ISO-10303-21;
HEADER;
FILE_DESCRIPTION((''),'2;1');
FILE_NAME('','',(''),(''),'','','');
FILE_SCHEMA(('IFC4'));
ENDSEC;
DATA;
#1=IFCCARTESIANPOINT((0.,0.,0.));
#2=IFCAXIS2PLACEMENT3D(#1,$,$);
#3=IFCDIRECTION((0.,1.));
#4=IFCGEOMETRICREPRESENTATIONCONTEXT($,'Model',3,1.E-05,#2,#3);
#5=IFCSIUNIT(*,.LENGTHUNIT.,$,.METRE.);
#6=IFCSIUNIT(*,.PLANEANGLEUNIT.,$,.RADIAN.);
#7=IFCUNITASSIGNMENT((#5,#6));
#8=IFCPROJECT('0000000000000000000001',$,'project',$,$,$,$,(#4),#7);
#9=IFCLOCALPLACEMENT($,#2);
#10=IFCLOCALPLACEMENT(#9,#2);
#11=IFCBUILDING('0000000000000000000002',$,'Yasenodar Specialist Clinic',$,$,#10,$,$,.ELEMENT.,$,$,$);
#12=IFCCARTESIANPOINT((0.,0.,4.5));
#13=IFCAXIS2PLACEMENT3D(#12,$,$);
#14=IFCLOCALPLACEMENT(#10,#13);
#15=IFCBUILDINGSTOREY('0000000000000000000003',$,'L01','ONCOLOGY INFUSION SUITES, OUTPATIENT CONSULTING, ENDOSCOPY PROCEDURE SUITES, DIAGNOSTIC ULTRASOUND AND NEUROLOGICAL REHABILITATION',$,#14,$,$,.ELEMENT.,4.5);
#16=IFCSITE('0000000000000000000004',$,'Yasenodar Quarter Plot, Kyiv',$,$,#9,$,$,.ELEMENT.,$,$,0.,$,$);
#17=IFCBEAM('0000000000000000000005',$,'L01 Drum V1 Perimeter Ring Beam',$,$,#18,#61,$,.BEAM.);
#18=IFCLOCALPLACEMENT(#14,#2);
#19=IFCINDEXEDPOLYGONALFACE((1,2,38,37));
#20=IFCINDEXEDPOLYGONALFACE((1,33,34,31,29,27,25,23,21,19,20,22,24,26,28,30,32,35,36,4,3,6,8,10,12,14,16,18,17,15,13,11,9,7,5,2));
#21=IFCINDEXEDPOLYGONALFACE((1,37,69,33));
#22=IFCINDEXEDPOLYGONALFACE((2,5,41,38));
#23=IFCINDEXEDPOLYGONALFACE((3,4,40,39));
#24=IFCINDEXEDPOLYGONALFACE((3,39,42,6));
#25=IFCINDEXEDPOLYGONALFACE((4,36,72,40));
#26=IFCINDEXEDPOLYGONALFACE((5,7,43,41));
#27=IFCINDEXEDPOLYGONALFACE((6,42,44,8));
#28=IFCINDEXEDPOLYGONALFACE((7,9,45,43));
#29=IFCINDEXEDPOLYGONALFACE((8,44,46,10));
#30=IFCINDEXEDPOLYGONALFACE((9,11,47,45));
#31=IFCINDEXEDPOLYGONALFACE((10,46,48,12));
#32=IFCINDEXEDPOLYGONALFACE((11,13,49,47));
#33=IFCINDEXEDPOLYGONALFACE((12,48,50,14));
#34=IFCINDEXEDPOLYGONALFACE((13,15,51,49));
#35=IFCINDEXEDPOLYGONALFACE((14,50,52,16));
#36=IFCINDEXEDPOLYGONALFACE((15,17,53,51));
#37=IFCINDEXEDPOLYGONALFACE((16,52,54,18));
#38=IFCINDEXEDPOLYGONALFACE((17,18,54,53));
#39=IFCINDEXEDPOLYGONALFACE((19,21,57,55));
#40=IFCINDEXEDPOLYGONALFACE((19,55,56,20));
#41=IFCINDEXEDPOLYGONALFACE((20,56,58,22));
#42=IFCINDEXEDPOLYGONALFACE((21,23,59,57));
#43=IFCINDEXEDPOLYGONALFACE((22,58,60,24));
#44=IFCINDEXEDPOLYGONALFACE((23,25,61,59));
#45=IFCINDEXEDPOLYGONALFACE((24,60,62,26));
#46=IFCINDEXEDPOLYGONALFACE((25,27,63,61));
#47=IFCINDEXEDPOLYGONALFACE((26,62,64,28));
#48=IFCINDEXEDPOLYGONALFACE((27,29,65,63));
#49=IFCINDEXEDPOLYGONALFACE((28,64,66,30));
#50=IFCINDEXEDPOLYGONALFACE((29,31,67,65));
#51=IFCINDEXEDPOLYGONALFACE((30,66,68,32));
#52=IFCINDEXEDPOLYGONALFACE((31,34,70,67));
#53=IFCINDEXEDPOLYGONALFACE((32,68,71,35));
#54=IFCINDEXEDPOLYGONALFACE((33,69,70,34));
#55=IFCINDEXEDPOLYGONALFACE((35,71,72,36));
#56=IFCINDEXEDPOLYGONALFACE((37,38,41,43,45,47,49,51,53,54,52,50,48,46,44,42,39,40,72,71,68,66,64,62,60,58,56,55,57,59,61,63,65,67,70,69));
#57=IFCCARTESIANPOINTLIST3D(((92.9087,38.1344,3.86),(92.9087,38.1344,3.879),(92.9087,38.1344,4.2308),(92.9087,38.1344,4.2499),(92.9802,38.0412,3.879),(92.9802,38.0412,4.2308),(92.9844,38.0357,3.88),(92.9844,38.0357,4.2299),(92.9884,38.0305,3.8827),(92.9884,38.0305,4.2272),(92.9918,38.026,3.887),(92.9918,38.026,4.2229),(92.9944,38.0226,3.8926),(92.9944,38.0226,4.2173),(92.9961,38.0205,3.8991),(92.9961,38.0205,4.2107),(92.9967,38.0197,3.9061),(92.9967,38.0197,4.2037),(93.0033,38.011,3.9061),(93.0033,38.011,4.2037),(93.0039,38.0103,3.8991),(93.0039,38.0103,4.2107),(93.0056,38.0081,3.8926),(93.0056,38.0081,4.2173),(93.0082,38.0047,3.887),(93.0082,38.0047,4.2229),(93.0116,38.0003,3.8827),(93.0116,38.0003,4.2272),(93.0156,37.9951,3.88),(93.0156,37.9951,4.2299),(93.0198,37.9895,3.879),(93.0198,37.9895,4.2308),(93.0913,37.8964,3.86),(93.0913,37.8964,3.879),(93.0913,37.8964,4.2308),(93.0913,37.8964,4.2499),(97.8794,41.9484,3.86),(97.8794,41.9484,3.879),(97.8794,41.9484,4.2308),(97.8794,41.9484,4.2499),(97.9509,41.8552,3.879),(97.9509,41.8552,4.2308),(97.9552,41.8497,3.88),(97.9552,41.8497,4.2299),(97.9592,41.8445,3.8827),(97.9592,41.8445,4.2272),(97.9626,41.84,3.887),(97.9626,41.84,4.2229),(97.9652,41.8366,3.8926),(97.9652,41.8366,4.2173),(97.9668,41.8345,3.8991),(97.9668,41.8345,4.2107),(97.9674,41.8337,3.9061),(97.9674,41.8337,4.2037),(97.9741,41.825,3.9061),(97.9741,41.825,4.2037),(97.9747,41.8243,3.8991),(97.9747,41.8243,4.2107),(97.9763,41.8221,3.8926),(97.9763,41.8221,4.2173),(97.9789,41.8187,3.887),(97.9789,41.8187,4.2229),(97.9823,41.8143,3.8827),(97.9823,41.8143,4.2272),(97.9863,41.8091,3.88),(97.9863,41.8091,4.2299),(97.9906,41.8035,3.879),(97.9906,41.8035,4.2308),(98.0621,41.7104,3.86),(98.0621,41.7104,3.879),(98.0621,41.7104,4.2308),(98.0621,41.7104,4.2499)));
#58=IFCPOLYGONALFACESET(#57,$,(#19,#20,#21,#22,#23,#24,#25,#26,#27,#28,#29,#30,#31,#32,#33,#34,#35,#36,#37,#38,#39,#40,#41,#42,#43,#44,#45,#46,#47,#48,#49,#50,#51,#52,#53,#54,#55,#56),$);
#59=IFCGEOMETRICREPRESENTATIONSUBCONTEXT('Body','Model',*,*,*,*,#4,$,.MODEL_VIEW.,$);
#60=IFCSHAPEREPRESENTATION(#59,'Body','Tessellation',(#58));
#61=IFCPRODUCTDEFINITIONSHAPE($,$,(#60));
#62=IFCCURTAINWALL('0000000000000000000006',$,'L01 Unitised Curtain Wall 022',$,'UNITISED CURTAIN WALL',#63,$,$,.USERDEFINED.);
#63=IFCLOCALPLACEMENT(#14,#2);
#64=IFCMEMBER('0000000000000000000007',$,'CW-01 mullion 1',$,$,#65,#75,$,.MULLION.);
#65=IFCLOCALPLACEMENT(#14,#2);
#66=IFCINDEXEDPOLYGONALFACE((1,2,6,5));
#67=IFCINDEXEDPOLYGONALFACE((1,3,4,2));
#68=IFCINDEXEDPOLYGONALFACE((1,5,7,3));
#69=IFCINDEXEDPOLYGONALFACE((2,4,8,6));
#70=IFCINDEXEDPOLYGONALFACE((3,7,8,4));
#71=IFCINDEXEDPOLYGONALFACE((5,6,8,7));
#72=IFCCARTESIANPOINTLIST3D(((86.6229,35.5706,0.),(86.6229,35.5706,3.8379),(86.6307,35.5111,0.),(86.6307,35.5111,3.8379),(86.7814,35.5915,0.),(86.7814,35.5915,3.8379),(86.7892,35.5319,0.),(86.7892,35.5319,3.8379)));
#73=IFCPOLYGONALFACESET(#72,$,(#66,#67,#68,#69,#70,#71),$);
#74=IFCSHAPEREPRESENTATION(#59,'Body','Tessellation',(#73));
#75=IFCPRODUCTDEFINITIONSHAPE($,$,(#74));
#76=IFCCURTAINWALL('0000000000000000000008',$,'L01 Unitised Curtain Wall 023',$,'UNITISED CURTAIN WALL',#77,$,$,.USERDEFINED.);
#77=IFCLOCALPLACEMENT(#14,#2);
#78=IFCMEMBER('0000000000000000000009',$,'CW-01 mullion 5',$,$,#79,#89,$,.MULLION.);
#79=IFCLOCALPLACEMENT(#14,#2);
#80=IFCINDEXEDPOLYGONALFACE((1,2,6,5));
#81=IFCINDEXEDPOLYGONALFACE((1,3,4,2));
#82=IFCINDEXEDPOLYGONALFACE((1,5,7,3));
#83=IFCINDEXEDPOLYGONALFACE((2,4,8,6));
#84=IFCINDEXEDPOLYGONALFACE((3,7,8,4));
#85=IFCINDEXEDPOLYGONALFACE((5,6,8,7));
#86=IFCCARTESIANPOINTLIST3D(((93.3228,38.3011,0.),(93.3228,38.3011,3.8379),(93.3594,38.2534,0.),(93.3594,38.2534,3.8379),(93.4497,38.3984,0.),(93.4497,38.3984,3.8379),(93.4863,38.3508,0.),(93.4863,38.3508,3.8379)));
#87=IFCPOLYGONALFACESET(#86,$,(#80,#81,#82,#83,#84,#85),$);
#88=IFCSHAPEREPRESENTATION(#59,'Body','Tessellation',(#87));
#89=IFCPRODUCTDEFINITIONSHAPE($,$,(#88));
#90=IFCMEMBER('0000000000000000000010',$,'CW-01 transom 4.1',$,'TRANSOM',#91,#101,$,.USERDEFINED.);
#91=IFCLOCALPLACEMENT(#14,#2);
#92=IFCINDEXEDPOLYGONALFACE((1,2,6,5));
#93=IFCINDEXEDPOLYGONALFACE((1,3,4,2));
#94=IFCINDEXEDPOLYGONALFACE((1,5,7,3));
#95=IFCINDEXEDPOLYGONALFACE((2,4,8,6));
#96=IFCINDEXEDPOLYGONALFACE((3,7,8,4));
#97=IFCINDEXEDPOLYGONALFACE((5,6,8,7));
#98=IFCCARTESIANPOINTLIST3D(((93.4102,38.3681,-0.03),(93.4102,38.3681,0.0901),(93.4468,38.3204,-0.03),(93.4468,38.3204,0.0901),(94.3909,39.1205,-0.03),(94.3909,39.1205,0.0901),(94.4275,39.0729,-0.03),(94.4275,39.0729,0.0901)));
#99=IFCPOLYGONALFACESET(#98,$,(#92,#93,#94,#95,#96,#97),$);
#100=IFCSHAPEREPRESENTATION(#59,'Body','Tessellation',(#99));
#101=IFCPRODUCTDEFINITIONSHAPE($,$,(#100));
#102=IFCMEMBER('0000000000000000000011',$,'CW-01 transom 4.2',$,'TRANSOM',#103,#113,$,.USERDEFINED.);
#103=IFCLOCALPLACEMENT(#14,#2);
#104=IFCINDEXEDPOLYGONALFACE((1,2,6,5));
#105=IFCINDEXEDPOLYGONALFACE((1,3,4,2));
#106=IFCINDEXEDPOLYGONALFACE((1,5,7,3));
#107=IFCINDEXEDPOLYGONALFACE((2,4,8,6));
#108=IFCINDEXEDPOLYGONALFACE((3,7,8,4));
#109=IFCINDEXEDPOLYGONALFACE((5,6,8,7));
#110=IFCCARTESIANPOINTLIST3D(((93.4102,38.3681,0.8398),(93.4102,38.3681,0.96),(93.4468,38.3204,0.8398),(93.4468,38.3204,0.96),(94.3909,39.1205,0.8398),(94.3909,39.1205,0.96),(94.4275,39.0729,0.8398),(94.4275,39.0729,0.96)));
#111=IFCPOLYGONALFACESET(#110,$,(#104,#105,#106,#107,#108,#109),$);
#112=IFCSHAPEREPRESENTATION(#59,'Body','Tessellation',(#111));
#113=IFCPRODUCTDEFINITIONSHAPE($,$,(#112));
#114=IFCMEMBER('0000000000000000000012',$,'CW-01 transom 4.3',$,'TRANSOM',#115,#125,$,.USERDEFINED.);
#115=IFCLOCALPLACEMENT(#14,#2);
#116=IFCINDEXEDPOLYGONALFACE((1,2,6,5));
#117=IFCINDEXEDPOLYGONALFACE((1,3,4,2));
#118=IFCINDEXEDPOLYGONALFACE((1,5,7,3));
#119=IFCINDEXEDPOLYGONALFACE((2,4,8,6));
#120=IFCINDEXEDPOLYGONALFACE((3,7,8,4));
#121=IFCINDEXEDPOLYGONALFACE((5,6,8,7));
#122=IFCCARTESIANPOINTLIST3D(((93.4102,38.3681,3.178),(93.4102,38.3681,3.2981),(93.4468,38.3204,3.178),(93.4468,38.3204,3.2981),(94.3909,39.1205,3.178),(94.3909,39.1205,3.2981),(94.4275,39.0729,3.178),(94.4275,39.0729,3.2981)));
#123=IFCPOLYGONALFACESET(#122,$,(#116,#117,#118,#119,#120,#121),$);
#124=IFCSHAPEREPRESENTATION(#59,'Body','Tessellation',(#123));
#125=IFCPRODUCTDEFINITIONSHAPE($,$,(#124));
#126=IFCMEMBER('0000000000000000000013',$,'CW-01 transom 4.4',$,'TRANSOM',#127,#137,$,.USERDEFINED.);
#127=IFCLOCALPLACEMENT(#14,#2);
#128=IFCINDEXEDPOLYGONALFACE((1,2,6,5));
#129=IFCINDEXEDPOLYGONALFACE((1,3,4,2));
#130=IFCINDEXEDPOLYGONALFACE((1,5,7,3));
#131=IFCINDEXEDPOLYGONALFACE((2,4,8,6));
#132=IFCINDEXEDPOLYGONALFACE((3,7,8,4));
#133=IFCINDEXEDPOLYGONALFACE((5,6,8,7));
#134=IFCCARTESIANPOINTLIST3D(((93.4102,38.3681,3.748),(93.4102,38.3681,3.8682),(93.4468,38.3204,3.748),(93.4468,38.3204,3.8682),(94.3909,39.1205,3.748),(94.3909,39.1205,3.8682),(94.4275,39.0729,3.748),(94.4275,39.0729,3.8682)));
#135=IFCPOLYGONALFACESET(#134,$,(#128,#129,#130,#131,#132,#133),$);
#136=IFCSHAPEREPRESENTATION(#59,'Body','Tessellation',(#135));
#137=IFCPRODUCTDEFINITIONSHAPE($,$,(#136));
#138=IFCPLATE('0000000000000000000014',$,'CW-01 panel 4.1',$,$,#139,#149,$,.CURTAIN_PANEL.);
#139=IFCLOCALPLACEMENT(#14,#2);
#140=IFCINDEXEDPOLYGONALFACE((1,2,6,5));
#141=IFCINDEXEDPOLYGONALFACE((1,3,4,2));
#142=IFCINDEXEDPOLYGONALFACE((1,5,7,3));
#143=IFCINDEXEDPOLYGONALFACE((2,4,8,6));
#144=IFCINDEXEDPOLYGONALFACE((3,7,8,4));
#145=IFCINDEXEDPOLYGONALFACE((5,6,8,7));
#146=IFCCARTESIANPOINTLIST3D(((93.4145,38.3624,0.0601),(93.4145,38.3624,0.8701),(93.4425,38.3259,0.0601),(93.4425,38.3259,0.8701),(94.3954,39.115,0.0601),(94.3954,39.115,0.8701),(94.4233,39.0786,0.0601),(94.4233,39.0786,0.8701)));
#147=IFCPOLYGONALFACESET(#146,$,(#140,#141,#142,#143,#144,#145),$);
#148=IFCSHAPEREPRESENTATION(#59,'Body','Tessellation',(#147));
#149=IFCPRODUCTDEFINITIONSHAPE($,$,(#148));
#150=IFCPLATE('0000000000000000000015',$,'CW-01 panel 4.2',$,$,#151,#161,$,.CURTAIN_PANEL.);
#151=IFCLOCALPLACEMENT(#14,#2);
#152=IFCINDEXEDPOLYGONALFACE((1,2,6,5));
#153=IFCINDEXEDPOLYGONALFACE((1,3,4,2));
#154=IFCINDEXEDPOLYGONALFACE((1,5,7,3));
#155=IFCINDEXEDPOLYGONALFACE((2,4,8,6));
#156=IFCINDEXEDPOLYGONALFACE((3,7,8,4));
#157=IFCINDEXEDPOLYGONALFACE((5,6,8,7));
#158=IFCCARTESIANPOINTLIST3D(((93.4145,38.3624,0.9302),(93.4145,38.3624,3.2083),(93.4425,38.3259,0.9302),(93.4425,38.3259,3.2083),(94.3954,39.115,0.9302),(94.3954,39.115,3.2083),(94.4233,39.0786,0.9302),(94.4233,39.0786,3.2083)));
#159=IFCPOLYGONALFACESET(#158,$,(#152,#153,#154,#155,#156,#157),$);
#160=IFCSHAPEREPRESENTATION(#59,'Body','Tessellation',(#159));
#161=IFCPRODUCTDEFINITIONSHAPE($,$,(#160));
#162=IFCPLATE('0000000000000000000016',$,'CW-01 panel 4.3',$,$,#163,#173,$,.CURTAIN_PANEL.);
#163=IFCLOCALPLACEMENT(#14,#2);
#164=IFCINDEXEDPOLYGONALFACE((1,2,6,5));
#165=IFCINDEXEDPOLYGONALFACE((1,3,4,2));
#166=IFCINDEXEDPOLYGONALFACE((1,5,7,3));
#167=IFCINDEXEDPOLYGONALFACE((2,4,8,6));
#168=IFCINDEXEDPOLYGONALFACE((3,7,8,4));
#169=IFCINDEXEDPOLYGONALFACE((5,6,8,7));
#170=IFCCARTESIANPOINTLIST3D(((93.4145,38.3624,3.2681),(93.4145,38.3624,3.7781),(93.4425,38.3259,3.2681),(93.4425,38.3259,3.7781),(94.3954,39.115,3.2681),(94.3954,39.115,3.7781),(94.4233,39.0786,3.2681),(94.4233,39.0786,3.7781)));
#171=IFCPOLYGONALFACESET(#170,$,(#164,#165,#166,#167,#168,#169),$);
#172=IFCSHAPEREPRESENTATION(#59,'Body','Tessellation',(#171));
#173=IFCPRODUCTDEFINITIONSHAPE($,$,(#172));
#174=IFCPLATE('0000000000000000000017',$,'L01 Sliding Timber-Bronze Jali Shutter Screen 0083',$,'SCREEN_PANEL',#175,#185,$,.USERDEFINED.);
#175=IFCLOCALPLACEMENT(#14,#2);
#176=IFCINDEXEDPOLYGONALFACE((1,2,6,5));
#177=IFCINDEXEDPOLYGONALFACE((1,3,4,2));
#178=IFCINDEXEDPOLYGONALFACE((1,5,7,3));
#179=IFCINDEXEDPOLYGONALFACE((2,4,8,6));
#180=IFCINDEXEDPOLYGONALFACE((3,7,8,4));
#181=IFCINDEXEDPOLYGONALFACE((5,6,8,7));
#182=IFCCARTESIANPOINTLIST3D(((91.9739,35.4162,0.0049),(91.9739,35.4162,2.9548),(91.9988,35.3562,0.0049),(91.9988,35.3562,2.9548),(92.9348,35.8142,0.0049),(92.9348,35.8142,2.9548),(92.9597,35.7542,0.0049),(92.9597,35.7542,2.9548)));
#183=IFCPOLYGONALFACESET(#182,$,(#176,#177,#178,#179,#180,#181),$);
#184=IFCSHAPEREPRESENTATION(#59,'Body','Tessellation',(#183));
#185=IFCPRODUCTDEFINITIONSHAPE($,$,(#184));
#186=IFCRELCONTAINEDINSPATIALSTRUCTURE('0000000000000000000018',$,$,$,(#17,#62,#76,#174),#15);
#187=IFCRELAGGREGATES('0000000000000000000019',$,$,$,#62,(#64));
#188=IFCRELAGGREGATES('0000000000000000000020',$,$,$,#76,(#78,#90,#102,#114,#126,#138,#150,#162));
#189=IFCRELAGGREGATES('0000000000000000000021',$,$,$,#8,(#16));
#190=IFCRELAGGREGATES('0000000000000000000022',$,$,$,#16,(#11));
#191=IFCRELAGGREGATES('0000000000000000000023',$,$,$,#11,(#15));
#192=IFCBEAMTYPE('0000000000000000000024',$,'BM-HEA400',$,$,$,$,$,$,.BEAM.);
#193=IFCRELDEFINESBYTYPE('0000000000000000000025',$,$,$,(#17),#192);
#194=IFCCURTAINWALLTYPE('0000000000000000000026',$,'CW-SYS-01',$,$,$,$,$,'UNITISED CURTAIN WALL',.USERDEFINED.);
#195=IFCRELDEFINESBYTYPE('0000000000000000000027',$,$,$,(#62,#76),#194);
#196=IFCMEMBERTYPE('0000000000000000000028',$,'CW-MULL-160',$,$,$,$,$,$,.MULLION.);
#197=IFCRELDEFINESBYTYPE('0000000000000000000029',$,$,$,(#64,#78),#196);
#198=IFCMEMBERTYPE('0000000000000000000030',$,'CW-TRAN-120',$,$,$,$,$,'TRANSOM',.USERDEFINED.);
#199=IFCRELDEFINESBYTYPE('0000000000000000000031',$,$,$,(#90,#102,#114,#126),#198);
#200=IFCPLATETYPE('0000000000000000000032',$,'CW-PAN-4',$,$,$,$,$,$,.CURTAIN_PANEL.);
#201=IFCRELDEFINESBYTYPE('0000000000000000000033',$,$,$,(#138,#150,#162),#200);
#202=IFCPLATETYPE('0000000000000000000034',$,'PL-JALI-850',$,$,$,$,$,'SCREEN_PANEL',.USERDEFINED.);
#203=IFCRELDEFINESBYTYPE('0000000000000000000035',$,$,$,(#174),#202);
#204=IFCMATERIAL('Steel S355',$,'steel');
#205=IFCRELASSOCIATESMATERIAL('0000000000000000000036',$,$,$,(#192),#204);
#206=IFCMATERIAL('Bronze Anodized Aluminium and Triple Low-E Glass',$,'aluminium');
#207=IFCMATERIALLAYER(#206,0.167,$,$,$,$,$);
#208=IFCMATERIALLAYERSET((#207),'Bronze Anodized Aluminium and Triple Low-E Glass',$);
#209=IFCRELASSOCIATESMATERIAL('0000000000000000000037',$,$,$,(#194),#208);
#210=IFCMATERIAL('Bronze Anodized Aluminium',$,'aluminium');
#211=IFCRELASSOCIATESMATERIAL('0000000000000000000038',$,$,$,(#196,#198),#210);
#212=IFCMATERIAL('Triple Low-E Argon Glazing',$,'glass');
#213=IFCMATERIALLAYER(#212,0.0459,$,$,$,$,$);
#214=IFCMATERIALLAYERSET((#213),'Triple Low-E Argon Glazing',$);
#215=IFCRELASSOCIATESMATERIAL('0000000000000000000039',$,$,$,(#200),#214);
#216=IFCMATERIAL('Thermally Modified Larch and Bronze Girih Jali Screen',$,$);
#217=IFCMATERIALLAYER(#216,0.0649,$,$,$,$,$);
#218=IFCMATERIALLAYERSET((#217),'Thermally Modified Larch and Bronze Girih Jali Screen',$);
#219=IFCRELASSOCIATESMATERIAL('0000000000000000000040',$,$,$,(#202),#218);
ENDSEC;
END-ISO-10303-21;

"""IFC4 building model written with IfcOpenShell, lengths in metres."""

from ifc_helpers import new_model, si_unit, direction, frame, origin, origin_2d, place, context, subcontext, project, spatial, rectangle, i_section, extrude, material, layer, layer_set, material_profile, profile_set, type_object, element, aggregate, save


model = new_model("IFC4")

# Units and contexts
model_context = context("Model", 3, precision=1e-05, world=origin(), true_north=direction((0.0, 1.0)))
body_context = subcontext(model_context, "Body", "Model", "MODEL_VIEW")
ifc_project = project(units=[si_unit("LENGTHUNIT", "METRE"), si_unit("PLANEANGLEUNIT", "RADIAN")], contexts=[model_context])

# Site, building, storey
site_placement = place(None, origin())
site = spatial("IfcSite", under=ifc_project, at=site_placement, Name="Yasenodar Quarter Plot, Kyiv", CompositionType="ELEMENT", RefElevation=0.0)
building_placement = place(site_placement, origin())
building = spatial("IfcBuilding", under=site, at=building_placement, Name="Yasenodar Specialist Clinic", CompositionType="ELEMENT")
storey_placement = place(building_placement, frame((0.0, 0.0, 4.5)))
storey = spatial("IfcBuildingStorey", under=building, at=storey_placement, Name="L01", Description="ONCOLOGY INFUSION SUITES, OUTPATIENT CONSULTING, ENDOSCOPY PROCEDURE SUITES, DIAGNOSTIC ULTRASOUND AND NEUROLOGICAL REHABILITATION", CompositionType="ELEMENT", Elevation=4.5)

# Shared definitions
ifc_material_1 = material(Name="Steel S355", Category="steel")

# Beam
ifc_material_profile_1 = material_profile(ifc_material_1, i_section(OverallWidth=0.3, OverallDepth=0.3899, WebThickness=0.011, FlangeThickness=0.019, FilletRadius=0.0271, at=origin_2d()), Name="HEA 400")
ifc_profile_set_1 = profile_set([ifc_material_profile_1], Name="Steel S355")
beam_type = type_object("IfcBeamType", Name="BM-HEA400", PredefinedType="BEAM", material=ifc_profile_set_1)
beam_1_placement = place(storey_placement, frame((93.0, 38.0154, 4.0549), z_axis=(0.793368, 0.608742, 0.0), x_axis=(-0.608742, 0.793368, 0.0)))
element("IfcBeam", 1, at=beam_1_placement, inside=storey, type_object=beam_type, Name="L01 Drum V1 Perimeter Ring Beam", PredefinedType="BEAM", context=body_context, shape_type="SweptSolid", body=[
    extrude(i_section(OverallWidth=0.3, OverallDepth=0.3899, WebThickness=0.011, FlangeThickness=0.019, FilletRadius=0.0271, at=origin_2d()), origin(), (0.0, 0.0, 1.0), 6.2654),
])

# Curtain wall, member
ifc_material_2 = material(Name="Bronze Anodized Aluminium and Triple Low-E Glass", Category="aluminium")
ifc_layer_1 = layer(ifc_material_2, 0.167)
ifc_layer_set_1 = layer_set([ifc_layer_1], Name="Bronze Anodized Aluminium and Triple Low-E Glass")
curtain_wall_type = type_object("IfcCurtainWallType", Name="CW-SYS-01", ElementType="UNITISED CURTAIN WALL", PredefinedType="USERDEFINED", material=ifc_layer_set_1)
curtain_wall_1_placement = place(storey_placement, origin())
curtain_wall_1 = element("IfcCurtainWall", 2, at=curtain_wall_1_placement, inside=storey, type_object=curtain_wall_type, Name="L01 Unitised Curtain Wall 022", ObjectType="UNITISED CURTAIN WALL", PredefinedType="USERDEFINED")
ifc_material_3 = material(Name="Bronze Anodized Aluminium", Category="aluminium")
ifc_material_profile_2 = material_profile(ifc_material_3, rectangle(XDim=0.0601, YDim=0.1599, at=origin_2d()), Name="CW-MULL 60x160")
ifc_profile_set_2 = profile_set([ifc_material_profile_2], Name="Bronze Anodized Aluminium")
member_type_1 = type_object("IfcMemberType", Name="CW-MULL-160", PredefinedType="MULLION", material=ifc_profile_set_2)
member_1_placement = place(storey_placement, frame((86.7061, 35.5513, 0.0), z_axis=(0.0, 0.0, 1.0), x_axis=(0.130512, -0.991447, 0.0)))
member_1 = element("IfcMember", 3, at=member_1_placement, type_object=member_type_1, Name="CW-01 mullion 1", PredefinedType="MULLION", context=body_context, shape_type="SweptSolid", body=[
    extrude(rectangle(XDim=0.0601, YDim=0.1599, at=origin_2d()), origin(), (0.0, 0.0, 1.0), 3.8379),
])
aggregate(curtain_wall_1, [member_1])

# Curtain wall, members, plates
curtain_wall_2_placement = place(storey_placement, origin())
curtain_wall_2 = element("IfcCurtainWall", 4, at=curtain_wall_2_placement, inside=storey, type_object=curtain_wall_type, Name="L01 Unitised Curtain Wall 023", ObjectType="UNITISED CURTAIN WALL", PredefinedType="USERDEFINED")
member_2_placement = place(storey_placement, frame((93.4045, 38.3259, 0.0), z_axis=(0.0, 0.0, 1.0), x_axis=(0.608752, -0.793361, 0.0)))
member_2 = element("IfcMember", 5, at=member_2_placement, type_object=member_type_1, Name="CW-01 mullion 5", PredefinedType="MULLION", context=body_context, shape_type="SweptSolid", body=[
    extrude(rectangle(XDim=0.0601, YDim=0.1599, at=origin_2d()), origin(), (0.0, 0.0, 1.0), 3.8379),
])
ifc_material_profile_3 = material_profile(ifc_material_3, rectangle(XDim=0.0601, YDim=0.1201, at=origin_2d()), Name="CW-TRAN 60x120")
ifc_profile_set_3 = profile_set([ifc_material_profile_3], Name="Bronze Anodized Aluminium")
member_type_2 = type_object("IfcMemberType", Name="CW-TRAN-120", ElementType="TRANSOM", PredefinedType="USERDEFINED", material=ifc_profile_set_3)
member_3_placement = place(storey_placement, frame((94.4092, 39.0967, 0.03), z_axis=(-0.793387, -0.608718, 0.0), x_axis=(0.608718, -0.793387, 0.0)))
member_3 = element("IfcMember", 6, at=member_3_placement, type_object=member_type_2, Name="CW-01 transom 4.1", ObjectType="TRANSOM", PredefinedType="USERDEFINED", context=body_context, shape_type="SweptSolid", body=[
    extrude(rectangle(XDim=0.0601, YDim=0.1201, at=origin_2d()), origin(), (0.0, 0.0, 1.0), 1.2361),
])
member_4_placement = place(storey_placement, frame((94.4092, 39.0967, 0.8999), z_axis=(-0.793387, -0.608718, 0.0), x_axis=(0.608718, -0.793387, 0.0)))
member_4 = element("IfcMember", 7, at=member_4_placement, type_object=member_type_2, Name="CW-01 transom 4.2", ObjectType="TRANSOM", PredefinedType="USERDEFINED", context=body_context, shape_type="SweptSolid", body=[
    extrude(rectangle(XDim=0.0601, YDim=0.1201, at=origin_2d()), origin(), (0.0, 0.0, 1.0), 1.2361),
])
member_5_placement = place(storey_placement, frame((94.4092, 39.0967, 3.238), z_axis=(-0.793387, -0.608718, 0.0), x_axis=(0.608718, -0.793387, 0.0)))
member_5 = element("IfcMember", 8, at=member_5_placement, type_object=member_type_2, Name="CW-01 transom 4.3", ObjectType="TRANSOM", PredefinedType="USERDEFINED", context=body_context, shape_type="SweptSolid", body=[
    extrude(rectangle(XDim=0.0601, YDim=0.1201, at=origin_2d()), origin(), (0.0, 0.0, 1.0), 1.2361),
])
member_6_placement = place(storey_placement, frame((94.4092, 39.0967, 3.8081), z_axis=(-0.793387, -0.608718, 0.0), x_axis=(0.608718, -0.793387, 0.0)))
member_6 = element("IfcMember", 9, at=member_6_placement, type_object=member_type_2, Name="CW-01 transom 4.4", ObjectType="TRANSOM", PredefinedType="USERDEFINED", context=body_context, shape_type="SweptSolid", body=[
    extrude(rectangle(XDim=0.0601, YDim=0.1201, at=origin_2d()), origin(), (0.0, 0.0, 1.0), 1.2361),
])
ifc_material_4 = material(Name="Triple Low-E Argon Glazing", Category="glass")
ifc_layer_2 = layer(ifc_material_4, 0.0459)
ifc_layer_set_2 = layer_set([ifc_layer_2], Name="Triple Low-E Argon Glazing")
plate_type_1 = type_object("IfcPlateType", Name="CW-PAN-4", PredefinedType="CURTAIN_PANEL", material=ifc_layer_set_2)
plate_1_placement = place(storey_placement, frame((93.9189, 38.7205, 0.0601), z_axis=(0.0, 0.0, 1.0), x_axis=(-0.793361, -0.608752, 0.0)))
plate_1 = element("IfcPlate", 10, at=plate_1_placement, type_object=plate_type_1, Name="CW-01 panel 4.1", PredefinedType="CURTAIN_PANEL", context=body_context, shape_type="SweptSolid", body=[
    extrude(rectangle(XDim=1.2363, YDim=0.0459, at=origin_2d()), origin(), (0.0, 0.0, 1.0), 0.8101),
])
plate_2_placement = place(storey_placement, frame((93.9189, 38.7205, 0.9302), z_axis=(0.0, 0.0, 1.0), x_axis=(-0.793361, -0.608752, 0.0)))
plate_2 = element("IfcPlate", 11, at=plate_2_placement, type_object=plate_type_1, Name="CW-01 panel 4.2", PredefinedType="CURTAIN_PANEL", context=body_context, shape_type="SweptSolid", body=[
    extrude(rectangle(XDim=1.2363, YDim=0.0459, at=origin_2d()), origin(), (0.0, 0.0, 1.0), 2.2781),
])
plate_3_placement = place(storey_placement, frame((93.9189, 38.7205, 3.2681), z_axis=(0.0, 0.0, 1.0), x_axis=(-0.793361, -0.608752, 0.0)))
plate_3 = element("IfcPlate", 12, at=plate_3_placement, type_object=plate_type_1, Name="CW-01 panel 4.3", PredefinedType="CURTAIN_PANEL", context=body_context, shape_type="SweptSolid", body=[
    extrude(rectangle(XDim=1.2363, YDim=0.0459, at=origin_2d()), origin(), (0.0, 0.0, 1.0), 0.51),
])
aggregate(curtain_wall_2, [member_2, member_3, member_4, member_5, member_6, plate_1, plate_2, plate_3])

# Plate
ifc_material_5 = material(Name="Thermally Modified Larch and Bronze Girih Jali Screen")
ifc_layer_3 = layer(ifc_material_5, 0.0649)
ifc_layer_set_3 = layer_set([ifc_layer_3], Name="Thermally Modified Larch and Bronze Girih Jali Screen")
plate_type_2 = type_object("IfcPlateType", Name="PL-JALI-850", ElementType="SCREEN_PANEL", PredefinedType="USERDEFINED", material=ifc_layer_set_3)
for number, where, z_axis, x_axis, name in (
    (13, (92.4668, 35.5852, 0.0049), (0.0, 0.0, 1.0), (0.923878, 0.382687, 0.0), "L01 Sliding Timber-Bronze Jali Shutter Screen 0083"),
):
    element("IfcPlate", number, at=place(storey_placement, frame(where, z_axis=z_axis, x_axis=x_axis)), inside=storey, type_object=plate_type_2, Name=name, ObjectType="SCREEN_PANEL", PredefinedType="USERDEFINED", context=body_context, shape_type="SweptSolid", body=[
        extrude(rectangle(XDim=1.04, YDim=0.0649, at=origin_2d()), origin(), (0.0, 0.0, 1.0), 2.95),
    ])

save(model, "model.ifc")
